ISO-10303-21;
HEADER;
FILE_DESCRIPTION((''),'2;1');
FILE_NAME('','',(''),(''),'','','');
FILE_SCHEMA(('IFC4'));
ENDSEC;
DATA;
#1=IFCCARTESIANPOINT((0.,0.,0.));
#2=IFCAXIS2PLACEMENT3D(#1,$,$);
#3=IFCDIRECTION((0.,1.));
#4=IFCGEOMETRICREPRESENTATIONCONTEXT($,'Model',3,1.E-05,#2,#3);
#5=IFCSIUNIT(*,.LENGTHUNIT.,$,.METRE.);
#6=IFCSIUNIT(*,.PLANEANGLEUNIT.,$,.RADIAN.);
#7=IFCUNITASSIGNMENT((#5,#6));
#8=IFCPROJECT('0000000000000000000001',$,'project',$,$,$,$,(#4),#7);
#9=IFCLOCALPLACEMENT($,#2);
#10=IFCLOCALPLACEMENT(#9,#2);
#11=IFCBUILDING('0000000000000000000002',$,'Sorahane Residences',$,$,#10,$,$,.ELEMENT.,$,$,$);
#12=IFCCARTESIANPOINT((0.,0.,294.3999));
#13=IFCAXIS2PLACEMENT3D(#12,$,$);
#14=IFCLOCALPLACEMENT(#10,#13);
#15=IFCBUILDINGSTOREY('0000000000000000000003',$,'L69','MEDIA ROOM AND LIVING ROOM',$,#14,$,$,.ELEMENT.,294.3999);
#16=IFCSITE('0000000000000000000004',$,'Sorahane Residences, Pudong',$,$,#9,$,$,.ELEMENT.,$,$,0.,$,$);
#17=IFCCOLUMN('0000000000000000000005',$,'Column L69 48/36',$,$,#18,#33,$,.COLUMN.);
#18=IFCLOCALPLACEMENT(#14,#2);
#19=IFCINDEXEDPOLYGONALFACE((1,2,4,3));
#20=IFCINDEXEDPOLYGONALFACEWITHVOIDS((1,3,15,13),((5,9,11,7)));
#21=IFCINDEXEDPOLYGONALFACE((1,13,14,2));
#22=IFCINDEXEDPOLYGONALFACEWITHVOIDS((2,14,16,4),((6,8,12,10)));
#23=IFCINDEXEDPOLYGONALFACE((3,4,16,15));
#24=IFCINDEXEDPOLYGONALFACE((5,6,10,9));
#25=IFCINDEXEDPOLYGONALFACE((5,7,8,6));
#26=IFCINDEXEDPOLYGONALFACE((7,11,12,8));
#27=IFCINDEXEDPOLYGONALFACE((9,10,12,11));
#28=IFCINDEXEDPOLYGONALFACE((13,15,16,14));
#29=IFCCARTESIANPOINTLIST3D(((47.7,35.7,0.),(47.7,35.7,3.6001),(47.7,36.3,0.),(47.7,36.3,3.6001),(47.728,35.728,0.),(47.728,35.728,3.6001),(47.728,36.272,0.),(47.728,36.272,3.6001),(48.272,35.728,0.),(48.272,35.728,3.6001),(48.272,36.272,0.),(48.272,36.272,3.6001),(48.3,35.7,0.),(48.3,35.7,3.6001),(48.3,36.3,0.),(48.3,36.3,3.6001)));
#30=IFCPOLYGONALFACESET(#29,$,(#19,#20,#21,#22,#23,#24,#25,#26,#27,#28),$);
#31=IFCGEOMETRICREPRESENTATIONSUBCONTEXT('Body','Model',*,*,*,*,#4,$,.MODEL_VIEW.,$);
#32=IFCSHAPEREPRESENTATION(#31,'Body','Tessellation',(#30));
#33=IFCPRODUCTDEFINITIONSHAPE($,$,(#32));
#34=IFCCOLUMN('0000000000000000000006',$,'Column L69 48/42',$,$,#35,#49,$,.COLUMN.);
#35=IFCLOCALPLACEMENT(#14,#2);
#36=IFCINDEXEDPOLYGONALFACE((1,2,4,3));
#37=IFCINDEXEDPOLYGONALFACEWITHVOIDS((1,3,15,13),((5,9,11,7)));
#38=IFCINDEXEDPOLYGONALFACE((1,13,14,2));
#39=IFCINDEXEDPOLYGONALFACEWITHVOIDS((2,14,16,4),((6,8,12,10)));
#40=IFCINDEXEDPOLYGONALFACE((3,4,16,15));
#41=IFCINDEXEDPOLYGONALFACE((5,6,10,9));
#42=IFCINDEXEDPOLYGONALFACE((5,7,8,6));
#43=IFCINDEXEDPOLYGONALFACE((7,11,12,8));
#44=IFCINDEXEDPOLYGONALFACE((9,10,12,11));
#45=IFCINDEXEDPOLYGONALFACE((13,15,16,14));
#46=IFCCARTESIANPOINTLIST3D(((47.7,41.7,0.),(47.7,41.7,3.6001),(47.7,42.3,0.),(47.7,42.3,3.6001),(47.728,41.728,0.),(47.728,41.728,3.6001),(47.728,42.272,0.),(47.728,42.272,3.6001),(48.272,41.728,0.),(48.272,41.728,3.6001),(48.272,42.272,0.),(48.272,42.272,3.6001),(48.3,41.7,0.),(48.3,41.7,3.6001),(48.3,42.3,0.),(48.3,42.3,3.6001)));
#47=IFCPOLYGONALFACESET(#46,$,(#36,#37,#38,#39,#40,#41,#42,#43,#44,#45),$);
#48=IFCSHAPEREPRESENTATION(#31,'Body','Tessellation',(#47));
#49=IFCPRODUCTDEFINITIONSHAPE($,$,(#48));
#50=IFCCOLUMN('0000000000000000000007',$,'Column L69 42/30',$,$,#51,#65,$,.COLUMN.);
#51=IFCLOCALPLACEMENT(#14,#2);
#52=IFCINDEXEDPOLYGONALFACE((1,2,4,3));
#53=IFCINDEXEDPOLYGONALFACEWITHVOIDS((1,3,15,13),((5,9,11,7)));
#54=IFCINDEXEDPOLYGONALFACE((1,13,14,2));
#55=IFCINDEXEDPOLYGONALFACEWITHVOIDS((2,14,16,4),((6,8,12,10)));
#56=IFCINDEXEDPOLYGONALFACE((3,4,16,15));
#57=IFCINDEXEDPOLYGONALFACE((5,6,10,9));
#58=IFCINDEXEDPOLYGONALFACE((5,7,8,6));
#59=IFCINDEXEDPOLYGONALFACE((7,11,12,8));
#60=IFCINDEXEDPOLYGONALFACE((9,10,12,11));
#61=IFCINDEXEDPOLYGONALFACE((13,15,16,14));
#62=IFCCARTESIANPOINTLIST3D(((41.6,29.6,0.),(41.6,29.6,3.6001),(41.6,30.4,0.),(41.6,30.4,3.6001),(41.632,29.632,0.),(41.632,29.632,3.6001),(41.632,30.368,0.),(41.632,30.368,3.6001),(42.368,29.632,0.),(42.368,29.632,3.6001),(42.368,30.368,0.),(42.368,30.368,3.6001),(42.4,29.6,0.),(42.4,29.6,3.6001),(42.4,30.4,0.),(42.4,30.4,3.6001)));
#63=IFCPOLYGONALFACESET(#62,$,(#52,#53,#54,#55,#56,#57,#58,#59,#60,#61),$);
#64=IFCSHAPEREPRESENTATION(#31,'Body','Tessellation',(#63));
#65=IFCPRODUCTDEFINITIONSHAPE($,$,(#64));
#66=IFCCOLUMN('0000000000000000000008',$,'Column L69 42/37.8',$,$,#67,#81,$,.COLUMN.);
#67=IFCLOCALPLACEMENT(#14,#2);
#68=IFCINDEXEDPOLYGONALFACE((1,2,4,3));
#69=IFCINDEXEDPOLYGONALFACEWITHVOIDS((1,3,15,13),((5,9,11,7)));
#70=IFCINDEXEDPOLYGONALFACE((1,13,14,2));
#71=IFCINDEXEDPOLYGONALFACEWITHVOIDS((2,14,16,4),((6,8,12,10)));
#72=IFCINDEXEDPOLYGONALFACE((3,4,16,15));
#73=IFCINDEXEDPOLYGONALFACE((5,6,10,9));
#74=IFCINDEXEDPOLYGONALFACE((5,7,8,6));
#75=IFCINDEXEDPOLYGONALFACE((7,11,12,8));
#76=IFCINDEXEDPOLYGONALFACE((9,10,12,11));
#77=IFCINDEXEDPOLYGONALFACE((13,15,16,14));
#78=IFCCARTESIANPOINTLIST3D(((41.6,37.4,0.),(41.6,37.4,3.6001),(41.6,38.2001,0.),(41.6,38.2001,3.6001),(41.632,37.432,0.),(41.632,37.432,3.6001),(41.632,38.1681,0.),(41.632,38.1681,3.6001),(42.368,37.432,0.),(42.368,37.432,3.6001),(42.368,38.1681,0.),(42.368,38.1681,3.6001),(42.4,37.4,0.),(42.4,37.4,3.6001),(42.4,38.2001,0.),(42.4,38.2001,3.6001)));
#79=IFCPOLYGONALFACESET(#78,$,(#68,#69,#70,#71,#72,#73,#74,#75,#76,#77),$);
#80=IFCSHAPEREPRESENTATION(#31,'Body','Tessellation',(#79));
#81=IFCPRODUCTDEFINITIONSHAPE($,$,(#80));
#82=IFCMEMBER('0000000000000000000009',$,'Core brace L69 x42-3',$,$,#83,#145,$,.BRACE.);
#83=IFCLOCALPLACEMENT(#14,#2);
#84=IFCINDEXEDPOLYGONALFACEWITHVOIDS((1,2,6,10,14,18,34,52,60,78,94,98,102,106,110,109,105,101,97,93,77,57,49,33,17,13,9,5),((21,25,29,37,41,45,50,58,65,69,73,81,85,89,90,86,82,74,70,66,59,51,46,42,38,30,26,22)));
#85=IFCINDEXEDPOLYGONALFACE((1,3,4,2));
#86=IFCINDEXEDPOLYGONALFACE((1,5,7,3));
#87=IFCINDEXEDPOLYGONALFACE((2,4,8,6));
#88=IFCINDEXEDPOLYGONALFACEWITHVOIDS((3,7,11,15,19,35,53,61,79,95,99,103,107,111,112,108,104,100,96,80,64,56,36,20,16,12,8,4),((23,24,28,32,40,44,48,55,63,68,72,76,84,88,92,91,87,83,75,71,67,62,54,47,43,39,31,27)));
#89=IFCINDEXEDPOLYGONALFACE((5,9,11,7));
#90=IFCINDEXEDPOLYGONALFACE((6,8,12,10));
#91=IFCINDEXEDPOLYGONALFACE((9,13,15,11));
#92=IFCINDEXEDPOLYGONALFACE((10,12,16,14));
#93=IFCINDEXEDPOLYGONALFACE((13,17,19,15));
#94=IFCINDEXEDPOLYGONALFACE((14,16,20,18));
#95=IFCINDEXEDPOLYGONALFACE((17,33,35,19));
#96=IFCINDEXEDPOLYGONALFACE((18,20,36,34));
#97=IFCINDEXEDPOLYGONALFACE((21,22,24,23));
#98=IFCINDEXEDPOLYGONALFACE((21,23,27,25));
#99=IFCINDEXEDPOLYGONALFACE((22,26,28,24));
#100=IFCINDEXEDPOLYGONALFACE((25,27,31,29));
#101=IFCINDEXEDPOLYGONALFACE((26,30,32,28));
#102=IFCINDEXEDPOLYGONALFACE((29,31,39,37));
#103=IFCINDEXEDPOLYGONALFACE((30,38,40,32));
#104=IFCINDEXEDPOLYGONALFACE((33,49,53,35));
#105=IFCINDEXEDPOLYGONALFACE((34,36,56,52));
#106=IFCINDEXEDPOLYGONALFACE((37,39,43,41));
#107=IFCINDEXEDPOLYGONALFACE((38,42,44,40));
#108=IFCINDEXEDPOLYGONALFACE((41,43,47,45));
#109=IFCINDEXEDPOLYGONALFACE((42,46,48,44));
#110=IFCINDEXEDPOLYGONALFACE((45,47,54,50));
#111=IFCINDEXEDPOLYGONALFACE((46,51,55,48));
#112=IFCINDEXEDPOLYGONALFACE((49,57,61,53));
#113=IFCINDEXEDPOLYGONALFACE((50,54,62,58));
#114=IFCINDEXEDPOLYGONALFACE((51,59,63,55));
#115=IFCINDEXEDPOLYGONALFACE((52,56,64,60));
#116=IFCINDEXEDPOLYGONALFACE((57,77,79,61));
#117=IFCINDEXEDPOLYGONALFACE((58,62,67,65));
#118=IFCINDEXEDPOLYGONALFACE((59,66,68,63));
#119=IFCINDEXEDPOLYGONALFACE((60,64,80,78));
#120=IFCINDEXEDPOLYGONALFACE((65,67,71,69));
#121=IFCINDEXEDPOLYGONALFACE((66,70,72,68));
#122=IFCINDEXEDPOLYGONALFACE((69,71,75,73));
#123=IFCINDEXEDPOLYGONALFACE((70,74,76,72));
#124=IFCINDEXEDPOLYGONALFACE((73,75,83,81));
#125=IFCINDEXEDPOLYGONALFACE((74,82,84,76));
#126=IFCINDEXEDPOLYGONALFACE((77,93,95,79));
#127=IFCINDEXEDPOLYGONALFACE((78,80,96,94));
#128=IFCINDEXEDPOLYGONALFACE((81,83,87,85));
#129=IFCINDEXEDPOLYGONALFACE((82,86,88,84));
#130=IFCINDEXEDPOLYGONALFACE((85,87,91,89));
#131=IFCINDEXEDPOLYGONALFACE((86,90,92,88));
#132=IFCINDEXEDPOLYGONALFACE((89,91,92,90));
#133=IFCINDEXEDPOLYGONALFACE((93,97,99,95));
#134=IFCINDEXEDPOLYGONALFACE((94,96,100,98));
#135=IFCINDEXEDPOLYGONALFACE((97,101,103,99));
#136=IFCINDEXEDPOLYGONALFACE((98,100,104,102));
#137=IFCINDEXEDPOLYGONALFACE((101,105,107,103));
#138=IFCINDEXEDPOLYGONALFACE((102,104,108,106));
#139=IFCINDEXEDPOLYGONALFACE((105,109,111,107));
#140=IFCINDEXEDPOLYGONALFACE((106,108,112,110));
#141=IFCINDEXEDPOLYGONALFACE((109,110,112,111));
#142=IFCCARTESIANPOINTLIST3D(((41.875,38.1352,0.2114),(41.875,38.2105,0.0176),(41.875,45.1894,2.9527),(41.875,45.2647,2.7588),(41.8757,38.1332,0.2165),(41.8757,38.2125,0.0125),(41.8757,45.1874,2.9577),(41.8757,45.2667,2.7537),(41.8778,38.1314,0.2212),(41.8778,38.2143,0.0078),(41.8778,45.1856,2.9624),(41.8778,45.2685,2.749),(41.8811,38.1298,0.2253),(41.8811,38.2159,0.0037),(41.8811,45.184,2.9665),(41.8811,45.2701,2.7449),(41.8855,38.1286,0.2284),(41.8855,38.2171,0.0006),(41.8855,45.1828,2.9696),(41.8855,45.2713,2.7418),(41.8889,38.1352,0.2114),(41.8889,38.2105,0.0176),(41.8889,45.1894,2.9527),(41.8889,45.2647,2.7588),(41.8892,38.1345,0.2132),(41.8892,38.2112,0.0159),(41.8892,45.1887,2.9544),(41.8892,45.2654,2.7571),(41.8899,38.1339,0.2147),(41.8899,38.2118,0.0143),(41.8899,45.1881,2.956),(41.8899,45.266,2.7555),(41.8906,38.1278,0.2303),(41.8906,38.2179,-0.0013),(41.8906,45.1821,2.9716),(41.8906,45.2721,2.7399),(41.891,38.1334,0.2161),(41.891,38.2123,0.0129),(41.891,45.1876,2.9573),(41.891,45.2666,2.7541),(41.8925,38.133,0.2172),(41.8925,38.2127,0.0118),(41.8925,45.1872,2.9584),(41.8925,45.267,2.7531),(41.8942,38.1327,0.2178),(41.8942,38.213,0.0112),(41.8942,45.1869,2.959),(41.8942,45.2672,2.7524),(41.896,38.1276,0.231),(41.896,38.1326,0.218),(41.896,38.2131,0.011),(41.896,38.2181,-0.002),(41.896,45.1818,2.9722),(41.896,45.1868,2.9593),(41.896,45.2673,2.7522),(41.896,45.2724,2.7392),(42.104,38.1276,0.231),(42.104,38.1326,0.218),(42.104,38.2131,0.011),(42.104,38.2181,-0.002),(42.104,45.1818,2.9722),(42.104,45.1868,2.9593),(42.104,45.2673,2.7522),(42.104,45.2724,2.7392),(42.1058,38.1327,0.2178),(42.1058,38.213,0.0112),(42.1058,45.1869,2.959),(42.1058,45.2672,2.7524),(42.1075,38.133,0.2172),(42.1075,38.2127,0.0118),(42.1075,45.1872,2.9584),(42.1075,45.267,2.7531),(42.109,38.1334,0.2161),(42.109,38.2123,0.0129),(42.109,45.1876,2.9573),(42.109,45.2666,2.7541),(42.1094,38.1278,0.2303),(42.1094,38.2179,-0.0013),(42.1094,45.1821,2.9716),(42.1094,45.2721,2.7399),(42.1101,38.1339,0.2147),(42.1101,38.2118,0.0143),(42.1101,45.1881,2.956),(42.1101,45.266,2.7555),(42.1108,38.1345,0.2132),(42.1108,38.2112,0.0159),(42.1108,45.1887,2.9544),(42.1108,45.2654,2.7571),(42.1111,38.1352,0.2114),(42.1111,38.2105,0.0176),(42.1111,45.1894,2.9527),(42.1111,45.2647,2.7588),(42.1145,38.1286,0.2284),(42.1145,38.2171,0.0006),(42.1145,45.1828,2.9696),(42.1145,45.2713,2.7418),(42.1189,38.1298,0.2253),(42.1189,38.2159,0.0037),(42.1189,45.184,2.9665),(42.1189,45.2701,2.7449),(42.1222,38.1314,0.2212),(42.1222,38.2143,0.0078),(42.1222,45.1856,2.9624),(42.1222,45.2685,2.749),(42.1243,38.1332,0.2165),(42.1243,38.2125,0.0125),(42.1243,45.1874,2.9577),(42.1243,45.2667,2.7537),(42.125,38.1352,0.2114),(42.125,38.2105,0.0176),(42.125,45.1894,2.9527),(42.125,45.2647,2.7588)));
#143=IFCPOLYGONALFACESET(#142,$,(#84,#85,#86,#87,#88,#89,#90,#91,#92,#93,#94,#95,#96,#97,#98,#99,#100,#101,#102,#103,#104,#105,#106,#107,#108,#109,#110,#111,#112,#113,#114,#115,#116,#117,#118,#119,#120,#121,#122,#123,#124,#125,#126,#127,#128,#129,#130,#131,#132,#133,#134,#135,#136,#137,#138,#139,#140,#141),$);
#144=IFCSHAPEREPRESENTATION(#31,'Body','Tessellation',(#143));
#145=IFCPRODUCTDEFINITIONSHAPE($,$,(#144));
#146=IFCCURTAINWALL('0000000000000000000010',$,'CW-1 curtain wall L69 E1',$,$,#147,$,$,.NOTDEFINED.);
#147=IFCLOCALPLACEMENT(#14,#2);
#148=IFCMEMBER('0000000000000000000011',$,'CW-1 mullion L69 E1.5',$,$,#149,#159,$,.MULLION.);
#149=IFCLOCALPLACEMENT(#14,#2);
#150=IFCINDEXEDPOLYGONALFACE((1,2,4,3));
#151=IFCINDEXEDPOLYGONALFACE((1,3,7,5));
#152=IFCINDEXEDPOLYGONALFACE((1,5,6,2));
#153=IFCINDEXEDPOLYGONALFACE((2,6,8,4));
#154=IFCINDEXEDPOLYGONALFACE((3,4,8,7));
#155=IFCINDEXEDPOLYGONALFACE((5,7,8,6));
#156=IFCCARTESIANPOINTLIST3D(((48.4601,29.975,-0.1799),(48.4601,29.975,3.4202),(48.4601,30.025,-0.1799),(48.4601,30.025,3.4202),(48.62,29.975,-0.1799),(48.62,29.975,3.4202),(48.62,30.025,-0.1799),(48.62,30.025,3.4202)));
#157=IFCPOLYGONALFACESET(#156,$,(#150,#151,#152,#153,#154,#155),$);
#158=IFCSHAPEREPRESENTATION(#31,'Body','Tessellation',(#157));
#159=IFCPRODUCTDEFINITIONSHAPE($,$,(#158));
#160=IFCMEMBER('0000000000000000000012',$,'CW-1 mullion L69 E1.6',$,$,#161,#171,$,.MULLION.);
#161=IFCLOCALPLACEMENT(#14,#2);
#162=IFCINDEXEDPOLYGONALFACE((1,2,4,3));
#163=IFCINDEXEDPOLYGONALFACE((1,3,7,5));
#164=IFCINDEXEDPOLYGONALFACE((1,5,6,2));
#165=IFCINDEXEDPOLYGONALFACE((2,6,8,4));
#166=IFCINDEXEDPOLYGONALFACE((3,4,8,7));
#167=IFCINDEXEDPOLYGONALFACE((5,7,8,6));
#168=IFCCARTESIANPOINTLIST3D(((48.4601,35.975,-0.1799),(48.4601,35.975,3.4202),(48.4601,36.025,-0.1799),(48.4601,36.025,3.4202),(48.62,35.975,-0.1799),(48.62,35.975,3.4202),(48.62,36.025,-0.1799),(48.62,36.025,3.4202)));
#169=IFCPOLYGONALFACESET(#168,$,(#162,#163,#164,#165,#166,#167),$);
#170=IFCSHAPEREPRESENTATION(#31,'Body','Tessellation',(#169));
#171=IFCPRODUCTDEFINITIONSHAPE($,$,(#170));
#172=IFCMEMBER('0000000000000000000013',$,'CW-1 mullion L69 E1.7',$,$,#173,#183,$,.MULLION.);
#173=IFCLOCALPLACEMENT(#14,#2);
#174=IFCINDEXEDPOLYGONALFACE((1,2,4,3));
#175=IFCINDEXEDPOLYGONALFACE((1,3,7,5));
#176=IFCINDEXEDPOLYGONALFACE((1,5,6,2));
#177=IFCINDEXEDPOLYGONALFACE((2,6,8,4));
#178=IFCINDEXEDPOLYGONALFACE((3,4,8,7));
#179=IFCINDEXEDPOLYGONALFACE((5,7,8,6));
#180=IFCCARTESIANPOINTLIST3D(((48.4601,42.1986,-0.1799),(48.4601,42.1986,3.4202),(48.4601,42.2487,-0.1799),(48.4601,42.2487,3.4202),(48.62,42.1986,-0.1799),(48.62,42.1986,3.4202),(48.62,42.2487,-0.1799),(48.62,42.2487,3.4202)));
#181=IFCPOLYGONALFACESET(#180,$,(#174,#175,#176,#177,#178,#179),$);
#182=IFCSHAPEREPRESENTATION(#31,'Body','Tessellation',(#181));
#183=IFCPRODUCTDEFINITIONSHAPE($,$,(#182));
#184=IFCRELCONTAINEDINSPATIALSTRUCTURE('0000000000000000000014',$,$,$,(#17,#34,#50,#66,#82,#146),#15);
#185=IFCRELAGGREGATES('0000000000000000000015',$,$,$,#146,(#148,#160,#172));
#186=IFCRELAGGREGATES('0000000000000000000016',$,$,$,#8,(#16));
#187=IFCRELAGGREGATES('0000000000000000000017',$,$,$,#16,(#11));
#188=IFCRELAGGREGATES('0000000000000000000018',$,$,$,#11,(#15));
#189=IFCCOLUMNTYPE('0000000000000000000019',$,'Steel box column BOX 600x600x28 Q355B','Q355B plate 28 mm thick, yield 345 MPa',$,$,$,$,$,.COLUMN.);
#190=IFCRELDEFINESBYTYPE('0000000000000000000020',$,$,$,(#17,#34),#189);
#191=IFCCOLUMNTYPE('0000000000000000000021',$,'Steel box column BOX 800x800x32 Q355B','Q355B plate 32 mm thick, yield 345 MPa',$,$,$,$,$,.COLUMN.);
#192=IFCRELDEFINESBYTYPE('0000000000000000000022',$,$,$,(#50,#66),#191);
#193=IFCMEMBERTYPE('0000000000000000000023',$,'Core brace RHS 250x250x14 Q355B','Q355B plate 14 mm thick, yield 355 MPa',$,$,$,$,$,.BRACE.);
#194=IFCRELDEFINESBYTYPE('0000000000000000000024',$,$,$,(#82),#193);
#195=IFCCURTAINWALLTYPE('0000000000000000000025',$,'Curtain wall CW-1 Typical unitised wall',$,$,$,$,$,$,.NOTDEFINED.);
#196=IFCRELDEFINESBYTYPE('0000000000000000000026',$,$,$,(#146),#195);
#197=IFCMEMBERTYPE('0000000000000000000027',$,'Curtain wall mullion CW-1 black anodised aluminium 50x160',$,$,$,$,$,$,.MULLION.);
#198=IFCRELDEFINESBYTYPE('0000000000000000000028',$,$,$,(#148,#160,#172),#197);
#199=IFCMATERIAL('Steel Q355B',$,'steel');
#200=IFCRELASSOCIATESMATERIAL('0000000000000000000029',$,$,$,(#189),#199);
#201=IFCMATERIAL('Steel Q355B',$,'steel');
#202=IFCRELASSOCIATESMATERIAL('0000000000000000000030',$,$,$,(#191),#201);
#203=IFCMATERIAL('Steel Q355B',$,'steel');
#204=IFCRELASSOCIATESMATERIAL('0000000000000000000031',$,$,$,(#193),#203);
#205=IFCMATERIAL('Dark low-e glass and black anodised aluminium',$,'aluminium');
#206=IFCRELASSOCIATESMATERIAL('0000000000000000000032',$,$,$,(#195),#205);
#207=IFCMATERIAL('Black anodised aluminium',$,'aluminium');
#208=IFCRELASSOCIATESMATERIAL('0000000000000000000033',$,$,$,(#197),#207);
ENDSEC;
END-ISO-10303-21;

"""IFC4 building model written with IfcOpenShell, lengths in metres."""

from ifc_helpers import new_model, si_unit, direction, frame, origin, origin_2d, place, context, subcontext, project, spatial, rectangle, hollow_rectangle, extrude, material, material_profile, profile_set, type_object, element, aggregate, save


model = new_model("IFC4")

# Units and contexts
model_context = context("Model", 3, precision=1e-05, world=origin(), true_north=direction((0.0, 1.0)))
body_context = subcontext(model_context, "Body", "Model", "MODEL_VIEW")
ifc_project = project(units=[si_unit("LENGTHUNIT", "METRE"), si_unit("PLANEANGLEUNIT", "RADIAN")], contexts=[model_context])

# Site, building, storey
site_placement = place(None, origin())
site = spatial("IfcSite", under=ifc_project, at=site_placement, Name="Sorahane Residences, Pudong", CompositionType="ELEMENT", RefElevation=0.0)
building_placement = place(site_placement, origin())
building = spatial("IfcBuilding", under=site, at=building_placement, Name="Sorahane Residences", CompositionType="ELEMENT")
storey_placement = place(building_placement, frame((0.0, 0.0, 294.3999)))
storey = spatial("IfcBuildingStorey", under=building, at=storey_placement, Name="L69", Description="MEDIA ROOM AND LIVING ROOM", CompositionType="ELEMENT", Elevation=294.3999)

# Columns
ifc_material_1 = material(Name="Steel Q355B", Category="steel")
ifc_material_profile_1 = material_profile(ifc_material_1, hollow_rectangle(XDim=0.6001, YDim=0.6001, WallThickness=0.0281, at=origin_2d()), Name="BOX 600x600x28")
ifc_profile_set_1 = profile_set([ifc_material_profile_1], Name="Steel Q355B")
column_type_1 = type_object("IfcColumnType", Name="Steel box column BOX 600x600x28 Q355B", Description="Q355B plate 28 mm thick, yield 345 MPa", PredefinedType="COLUMN", material=ifc_profile_set_1)
for number, where, z_axis, x_axis, name in (
    (1, (48.0, 36.0, 0.0), (0.0, 0.0, 1.0), (1.0, 0.0, 0.0), "Column L69 48/36"),
    (2, (48.0, 42.0, 0.0), (0.0, 0.0, 1.0), (1.0, 0.0, 0.0), "Column L69 48/42"),
):
    element("IfcColumn", number, at=place(storey_placement, frame(where, z_axis=z_axis, x_axis=x_axis)), inside=storey, type_object=column_type_1, Name=name, PredefinedType="COLUMN", context=body_context, shape_type="SweptSolid", body=[
        extrude(hollow_rectangle(XDim=0.6001, YDim=0.6001, WallThickness=0.0281, at=origin_2d()), origin(), (0.0, 0.0, 1.0), 3.6001),
    ])
ifc_material_2 = material(Name="Steel Q355B", Category="steel")
ifc_material_profile_2 = material_profile(ifc_material_2, hollow_rectangle(XDim=0.8, YDim=0.8, WallThickness=0.032, at=origin_2d()), Name="BOX 800x800x32")
ifc_profile_set_2 = profile_set([ifc_material_profile_2], Name="Steel Q355B")
column_type_2 = type_object("IfcColumnType", Name="Steel box column BOX 800x800x32 Q355B", Description="Q355B plate 32 mm thick, yield 345 MPa", PredefinedType="COLUMN", material=ifc_profile_set_2)
for number, where, z_axis, x_axis, name in (
    (3, (42.0, 30.0, 0.0), (0.0, 0.0, 1.0), (1.0, 0.0, 0.0), "Column L69 42/30"),
    (4, (42.0, 37.8, 0.0), (0.0, 0.0, 1.0), (1.0, 0.0, 0.0), "Column L69 42/37.8"),
):
    element("IfcColumn", number, at=place(storey_placement, frame(where, z_axis=z_axis, x_axis=x_axis)), inside=storey, type_object=column_type_2, Name=name, PredefinedType="COLUMN", context=body_context, shape_type="SweptSolid", body=[
        extrude(hollow_rectangle(XDim=0.8, YDim=0.8, WallThickness=0.032, at=origin_2d()), origin(), (0.0, 0.0, 1.0), 3.6001),
    ])

# Member
ifc_material_3 = material(Name="Steel Q355B", Category="steel")
ifc_material_profile_3 = material_profile(ifc_material_3, hollow_rectangle(XDim=0.25, YDim=0.25, WallThickness=0.0139, InnerFilletRadius=0.0071, OuterFilletRadius=0.021, at=origin_2d()), Name="RHS 250x250x14")
ifc_profile_set_3 = profile_set([ifc_material_profile_3], Name="Steel Q355B")
member_type_1 = type_object("IfcMemberType", Name="Core brace RHS 250x250x14 Q355B", Description="Q355B plate 14 mm thick, yield 355 MPa", PredefinedType="BRACE", material=ifc_profile_set_3)
member_1_placement = place(storey_placement, frame((42.0, 38.1729, 0.1145), z_axis=(0.0, 0.932098, 0.362207), x_axis=(-1.0, 0.0, 0.0)))
element("IfcMember", 5, at=member_1_placement, inside=storey, type_object=member_type_1, Name="Core brace L69 x42-3", PredefinedType="BRACE", context=body_context, shape_type="SweptSolid", body=[
    extrude(hollow_rectangle(XDim=0.25, YDim=0.25, WallThickness=0.0139, InnerFilletRadius=0.0071, OuterFilletRadius=0.021, at=origin_2d()), origin(), (0.0, 0.0, 1.0), 7.5681),
])

# Curtain wall, members
ifc_material_4 = material(Name="Dark low-e glass and black anodised aluminium", Category="aluminium")
curtain_wall_type = type_object("IfcCurtainWallType", Name="Curtain wall CW-1 Typical unitised wall", PredefinedType="NOTDEFINED", material=ifc_material_4)
curtain_wall_placement = place(storey_placement, origin())
curtain_wall = element("IfcCurtainWall", 6, at=curtain_wall_placement, inside=storey, type_object=curtain_wall_type, Name="CW-1 curtain wall L69 E1", PredefinedType="NOTDEFINED")
ifc_material_5 = material(Name="Black anodised aluminium", Category="aluminium")
ifc_material_profile_4 = material_profile(ifc_material_5, rectangle(XDim=0.1599, YDim=0.05, at=origin_2d()), Name="Curtain wall mullion CW-1 black anodised aluminium 50x160")
ifc_profile_set_4 = profile_set([ifc_material_profile_4], Name="Black anodised aluminium")
member_type_2 = type_object("IfcMemberType", Name="Curtain wall mullion CW-1 black anodised aluminium 50x160", PredefinedType="MULLION", material=ifc_profile_set_4)
member_2_placement = place(storey_placement, frame((48.54, 30.0, -0.1799), z_axis=(0.0, 0.0, 1.0), x_axis=(1.0, 0.0, 0.0)))
member_2 = element("IfcMember", 7, at=member_2_placement, type_object=member_type_2, Name="CW-1 mullion L69 E1.5", PredefinedType="MULLION", context=body_context, shape_type="SweptSolid", body=[
    extrude(rectangle(XDim=0.1599, YDim=0.05, at=origin_2d()), origin(), (0.0, 0.0, 1.0), 3.6001),
])
member_3_placement = place(storey_placement, frame((48.54, 36.0, -0.1799), z_axis=(0.0, 0.0, 1.0), x_axis=(1.0, 0.0, 0.0)))
member_3 = element("IfcMember", 8, at=member_3_placement, type_object=member_type_2, Name="CW-1 mullion L69 E1.6", PredefinedType="MULLION", context=body_context, shape_type="SweptSolid", body=[
    extrude(rectangle(XDim=0.1599, YDim=0.05, at=origin_2d()), origin(), (0.0, 0.0, 1.0), 3.6001),
])
member_4_placement = place(storey_placement, frame((48.54, 42.2236, -0.1799), z_axis=(0.0, 0.0, 1.0), x_axis=(1.0, 0.0, 0.0)))
member_4 = element("IfcMember", 9, at=member_4_placement, type_object=member_type_2, Name="CW-1 mullion L69 E1.7", PredefinedType="MULLION", context=body_context, shape_type="SweptSolid", body=[
    extrude(rectangle(XDim=0.1599, YDim=0.05, at=origin_2d()), origin(), (0.0, 0.0, 1.0), 3.6001),
])

aggregate(curtain_wall, [member_2, member_3, member_4])

save(model, "model.ifc")
